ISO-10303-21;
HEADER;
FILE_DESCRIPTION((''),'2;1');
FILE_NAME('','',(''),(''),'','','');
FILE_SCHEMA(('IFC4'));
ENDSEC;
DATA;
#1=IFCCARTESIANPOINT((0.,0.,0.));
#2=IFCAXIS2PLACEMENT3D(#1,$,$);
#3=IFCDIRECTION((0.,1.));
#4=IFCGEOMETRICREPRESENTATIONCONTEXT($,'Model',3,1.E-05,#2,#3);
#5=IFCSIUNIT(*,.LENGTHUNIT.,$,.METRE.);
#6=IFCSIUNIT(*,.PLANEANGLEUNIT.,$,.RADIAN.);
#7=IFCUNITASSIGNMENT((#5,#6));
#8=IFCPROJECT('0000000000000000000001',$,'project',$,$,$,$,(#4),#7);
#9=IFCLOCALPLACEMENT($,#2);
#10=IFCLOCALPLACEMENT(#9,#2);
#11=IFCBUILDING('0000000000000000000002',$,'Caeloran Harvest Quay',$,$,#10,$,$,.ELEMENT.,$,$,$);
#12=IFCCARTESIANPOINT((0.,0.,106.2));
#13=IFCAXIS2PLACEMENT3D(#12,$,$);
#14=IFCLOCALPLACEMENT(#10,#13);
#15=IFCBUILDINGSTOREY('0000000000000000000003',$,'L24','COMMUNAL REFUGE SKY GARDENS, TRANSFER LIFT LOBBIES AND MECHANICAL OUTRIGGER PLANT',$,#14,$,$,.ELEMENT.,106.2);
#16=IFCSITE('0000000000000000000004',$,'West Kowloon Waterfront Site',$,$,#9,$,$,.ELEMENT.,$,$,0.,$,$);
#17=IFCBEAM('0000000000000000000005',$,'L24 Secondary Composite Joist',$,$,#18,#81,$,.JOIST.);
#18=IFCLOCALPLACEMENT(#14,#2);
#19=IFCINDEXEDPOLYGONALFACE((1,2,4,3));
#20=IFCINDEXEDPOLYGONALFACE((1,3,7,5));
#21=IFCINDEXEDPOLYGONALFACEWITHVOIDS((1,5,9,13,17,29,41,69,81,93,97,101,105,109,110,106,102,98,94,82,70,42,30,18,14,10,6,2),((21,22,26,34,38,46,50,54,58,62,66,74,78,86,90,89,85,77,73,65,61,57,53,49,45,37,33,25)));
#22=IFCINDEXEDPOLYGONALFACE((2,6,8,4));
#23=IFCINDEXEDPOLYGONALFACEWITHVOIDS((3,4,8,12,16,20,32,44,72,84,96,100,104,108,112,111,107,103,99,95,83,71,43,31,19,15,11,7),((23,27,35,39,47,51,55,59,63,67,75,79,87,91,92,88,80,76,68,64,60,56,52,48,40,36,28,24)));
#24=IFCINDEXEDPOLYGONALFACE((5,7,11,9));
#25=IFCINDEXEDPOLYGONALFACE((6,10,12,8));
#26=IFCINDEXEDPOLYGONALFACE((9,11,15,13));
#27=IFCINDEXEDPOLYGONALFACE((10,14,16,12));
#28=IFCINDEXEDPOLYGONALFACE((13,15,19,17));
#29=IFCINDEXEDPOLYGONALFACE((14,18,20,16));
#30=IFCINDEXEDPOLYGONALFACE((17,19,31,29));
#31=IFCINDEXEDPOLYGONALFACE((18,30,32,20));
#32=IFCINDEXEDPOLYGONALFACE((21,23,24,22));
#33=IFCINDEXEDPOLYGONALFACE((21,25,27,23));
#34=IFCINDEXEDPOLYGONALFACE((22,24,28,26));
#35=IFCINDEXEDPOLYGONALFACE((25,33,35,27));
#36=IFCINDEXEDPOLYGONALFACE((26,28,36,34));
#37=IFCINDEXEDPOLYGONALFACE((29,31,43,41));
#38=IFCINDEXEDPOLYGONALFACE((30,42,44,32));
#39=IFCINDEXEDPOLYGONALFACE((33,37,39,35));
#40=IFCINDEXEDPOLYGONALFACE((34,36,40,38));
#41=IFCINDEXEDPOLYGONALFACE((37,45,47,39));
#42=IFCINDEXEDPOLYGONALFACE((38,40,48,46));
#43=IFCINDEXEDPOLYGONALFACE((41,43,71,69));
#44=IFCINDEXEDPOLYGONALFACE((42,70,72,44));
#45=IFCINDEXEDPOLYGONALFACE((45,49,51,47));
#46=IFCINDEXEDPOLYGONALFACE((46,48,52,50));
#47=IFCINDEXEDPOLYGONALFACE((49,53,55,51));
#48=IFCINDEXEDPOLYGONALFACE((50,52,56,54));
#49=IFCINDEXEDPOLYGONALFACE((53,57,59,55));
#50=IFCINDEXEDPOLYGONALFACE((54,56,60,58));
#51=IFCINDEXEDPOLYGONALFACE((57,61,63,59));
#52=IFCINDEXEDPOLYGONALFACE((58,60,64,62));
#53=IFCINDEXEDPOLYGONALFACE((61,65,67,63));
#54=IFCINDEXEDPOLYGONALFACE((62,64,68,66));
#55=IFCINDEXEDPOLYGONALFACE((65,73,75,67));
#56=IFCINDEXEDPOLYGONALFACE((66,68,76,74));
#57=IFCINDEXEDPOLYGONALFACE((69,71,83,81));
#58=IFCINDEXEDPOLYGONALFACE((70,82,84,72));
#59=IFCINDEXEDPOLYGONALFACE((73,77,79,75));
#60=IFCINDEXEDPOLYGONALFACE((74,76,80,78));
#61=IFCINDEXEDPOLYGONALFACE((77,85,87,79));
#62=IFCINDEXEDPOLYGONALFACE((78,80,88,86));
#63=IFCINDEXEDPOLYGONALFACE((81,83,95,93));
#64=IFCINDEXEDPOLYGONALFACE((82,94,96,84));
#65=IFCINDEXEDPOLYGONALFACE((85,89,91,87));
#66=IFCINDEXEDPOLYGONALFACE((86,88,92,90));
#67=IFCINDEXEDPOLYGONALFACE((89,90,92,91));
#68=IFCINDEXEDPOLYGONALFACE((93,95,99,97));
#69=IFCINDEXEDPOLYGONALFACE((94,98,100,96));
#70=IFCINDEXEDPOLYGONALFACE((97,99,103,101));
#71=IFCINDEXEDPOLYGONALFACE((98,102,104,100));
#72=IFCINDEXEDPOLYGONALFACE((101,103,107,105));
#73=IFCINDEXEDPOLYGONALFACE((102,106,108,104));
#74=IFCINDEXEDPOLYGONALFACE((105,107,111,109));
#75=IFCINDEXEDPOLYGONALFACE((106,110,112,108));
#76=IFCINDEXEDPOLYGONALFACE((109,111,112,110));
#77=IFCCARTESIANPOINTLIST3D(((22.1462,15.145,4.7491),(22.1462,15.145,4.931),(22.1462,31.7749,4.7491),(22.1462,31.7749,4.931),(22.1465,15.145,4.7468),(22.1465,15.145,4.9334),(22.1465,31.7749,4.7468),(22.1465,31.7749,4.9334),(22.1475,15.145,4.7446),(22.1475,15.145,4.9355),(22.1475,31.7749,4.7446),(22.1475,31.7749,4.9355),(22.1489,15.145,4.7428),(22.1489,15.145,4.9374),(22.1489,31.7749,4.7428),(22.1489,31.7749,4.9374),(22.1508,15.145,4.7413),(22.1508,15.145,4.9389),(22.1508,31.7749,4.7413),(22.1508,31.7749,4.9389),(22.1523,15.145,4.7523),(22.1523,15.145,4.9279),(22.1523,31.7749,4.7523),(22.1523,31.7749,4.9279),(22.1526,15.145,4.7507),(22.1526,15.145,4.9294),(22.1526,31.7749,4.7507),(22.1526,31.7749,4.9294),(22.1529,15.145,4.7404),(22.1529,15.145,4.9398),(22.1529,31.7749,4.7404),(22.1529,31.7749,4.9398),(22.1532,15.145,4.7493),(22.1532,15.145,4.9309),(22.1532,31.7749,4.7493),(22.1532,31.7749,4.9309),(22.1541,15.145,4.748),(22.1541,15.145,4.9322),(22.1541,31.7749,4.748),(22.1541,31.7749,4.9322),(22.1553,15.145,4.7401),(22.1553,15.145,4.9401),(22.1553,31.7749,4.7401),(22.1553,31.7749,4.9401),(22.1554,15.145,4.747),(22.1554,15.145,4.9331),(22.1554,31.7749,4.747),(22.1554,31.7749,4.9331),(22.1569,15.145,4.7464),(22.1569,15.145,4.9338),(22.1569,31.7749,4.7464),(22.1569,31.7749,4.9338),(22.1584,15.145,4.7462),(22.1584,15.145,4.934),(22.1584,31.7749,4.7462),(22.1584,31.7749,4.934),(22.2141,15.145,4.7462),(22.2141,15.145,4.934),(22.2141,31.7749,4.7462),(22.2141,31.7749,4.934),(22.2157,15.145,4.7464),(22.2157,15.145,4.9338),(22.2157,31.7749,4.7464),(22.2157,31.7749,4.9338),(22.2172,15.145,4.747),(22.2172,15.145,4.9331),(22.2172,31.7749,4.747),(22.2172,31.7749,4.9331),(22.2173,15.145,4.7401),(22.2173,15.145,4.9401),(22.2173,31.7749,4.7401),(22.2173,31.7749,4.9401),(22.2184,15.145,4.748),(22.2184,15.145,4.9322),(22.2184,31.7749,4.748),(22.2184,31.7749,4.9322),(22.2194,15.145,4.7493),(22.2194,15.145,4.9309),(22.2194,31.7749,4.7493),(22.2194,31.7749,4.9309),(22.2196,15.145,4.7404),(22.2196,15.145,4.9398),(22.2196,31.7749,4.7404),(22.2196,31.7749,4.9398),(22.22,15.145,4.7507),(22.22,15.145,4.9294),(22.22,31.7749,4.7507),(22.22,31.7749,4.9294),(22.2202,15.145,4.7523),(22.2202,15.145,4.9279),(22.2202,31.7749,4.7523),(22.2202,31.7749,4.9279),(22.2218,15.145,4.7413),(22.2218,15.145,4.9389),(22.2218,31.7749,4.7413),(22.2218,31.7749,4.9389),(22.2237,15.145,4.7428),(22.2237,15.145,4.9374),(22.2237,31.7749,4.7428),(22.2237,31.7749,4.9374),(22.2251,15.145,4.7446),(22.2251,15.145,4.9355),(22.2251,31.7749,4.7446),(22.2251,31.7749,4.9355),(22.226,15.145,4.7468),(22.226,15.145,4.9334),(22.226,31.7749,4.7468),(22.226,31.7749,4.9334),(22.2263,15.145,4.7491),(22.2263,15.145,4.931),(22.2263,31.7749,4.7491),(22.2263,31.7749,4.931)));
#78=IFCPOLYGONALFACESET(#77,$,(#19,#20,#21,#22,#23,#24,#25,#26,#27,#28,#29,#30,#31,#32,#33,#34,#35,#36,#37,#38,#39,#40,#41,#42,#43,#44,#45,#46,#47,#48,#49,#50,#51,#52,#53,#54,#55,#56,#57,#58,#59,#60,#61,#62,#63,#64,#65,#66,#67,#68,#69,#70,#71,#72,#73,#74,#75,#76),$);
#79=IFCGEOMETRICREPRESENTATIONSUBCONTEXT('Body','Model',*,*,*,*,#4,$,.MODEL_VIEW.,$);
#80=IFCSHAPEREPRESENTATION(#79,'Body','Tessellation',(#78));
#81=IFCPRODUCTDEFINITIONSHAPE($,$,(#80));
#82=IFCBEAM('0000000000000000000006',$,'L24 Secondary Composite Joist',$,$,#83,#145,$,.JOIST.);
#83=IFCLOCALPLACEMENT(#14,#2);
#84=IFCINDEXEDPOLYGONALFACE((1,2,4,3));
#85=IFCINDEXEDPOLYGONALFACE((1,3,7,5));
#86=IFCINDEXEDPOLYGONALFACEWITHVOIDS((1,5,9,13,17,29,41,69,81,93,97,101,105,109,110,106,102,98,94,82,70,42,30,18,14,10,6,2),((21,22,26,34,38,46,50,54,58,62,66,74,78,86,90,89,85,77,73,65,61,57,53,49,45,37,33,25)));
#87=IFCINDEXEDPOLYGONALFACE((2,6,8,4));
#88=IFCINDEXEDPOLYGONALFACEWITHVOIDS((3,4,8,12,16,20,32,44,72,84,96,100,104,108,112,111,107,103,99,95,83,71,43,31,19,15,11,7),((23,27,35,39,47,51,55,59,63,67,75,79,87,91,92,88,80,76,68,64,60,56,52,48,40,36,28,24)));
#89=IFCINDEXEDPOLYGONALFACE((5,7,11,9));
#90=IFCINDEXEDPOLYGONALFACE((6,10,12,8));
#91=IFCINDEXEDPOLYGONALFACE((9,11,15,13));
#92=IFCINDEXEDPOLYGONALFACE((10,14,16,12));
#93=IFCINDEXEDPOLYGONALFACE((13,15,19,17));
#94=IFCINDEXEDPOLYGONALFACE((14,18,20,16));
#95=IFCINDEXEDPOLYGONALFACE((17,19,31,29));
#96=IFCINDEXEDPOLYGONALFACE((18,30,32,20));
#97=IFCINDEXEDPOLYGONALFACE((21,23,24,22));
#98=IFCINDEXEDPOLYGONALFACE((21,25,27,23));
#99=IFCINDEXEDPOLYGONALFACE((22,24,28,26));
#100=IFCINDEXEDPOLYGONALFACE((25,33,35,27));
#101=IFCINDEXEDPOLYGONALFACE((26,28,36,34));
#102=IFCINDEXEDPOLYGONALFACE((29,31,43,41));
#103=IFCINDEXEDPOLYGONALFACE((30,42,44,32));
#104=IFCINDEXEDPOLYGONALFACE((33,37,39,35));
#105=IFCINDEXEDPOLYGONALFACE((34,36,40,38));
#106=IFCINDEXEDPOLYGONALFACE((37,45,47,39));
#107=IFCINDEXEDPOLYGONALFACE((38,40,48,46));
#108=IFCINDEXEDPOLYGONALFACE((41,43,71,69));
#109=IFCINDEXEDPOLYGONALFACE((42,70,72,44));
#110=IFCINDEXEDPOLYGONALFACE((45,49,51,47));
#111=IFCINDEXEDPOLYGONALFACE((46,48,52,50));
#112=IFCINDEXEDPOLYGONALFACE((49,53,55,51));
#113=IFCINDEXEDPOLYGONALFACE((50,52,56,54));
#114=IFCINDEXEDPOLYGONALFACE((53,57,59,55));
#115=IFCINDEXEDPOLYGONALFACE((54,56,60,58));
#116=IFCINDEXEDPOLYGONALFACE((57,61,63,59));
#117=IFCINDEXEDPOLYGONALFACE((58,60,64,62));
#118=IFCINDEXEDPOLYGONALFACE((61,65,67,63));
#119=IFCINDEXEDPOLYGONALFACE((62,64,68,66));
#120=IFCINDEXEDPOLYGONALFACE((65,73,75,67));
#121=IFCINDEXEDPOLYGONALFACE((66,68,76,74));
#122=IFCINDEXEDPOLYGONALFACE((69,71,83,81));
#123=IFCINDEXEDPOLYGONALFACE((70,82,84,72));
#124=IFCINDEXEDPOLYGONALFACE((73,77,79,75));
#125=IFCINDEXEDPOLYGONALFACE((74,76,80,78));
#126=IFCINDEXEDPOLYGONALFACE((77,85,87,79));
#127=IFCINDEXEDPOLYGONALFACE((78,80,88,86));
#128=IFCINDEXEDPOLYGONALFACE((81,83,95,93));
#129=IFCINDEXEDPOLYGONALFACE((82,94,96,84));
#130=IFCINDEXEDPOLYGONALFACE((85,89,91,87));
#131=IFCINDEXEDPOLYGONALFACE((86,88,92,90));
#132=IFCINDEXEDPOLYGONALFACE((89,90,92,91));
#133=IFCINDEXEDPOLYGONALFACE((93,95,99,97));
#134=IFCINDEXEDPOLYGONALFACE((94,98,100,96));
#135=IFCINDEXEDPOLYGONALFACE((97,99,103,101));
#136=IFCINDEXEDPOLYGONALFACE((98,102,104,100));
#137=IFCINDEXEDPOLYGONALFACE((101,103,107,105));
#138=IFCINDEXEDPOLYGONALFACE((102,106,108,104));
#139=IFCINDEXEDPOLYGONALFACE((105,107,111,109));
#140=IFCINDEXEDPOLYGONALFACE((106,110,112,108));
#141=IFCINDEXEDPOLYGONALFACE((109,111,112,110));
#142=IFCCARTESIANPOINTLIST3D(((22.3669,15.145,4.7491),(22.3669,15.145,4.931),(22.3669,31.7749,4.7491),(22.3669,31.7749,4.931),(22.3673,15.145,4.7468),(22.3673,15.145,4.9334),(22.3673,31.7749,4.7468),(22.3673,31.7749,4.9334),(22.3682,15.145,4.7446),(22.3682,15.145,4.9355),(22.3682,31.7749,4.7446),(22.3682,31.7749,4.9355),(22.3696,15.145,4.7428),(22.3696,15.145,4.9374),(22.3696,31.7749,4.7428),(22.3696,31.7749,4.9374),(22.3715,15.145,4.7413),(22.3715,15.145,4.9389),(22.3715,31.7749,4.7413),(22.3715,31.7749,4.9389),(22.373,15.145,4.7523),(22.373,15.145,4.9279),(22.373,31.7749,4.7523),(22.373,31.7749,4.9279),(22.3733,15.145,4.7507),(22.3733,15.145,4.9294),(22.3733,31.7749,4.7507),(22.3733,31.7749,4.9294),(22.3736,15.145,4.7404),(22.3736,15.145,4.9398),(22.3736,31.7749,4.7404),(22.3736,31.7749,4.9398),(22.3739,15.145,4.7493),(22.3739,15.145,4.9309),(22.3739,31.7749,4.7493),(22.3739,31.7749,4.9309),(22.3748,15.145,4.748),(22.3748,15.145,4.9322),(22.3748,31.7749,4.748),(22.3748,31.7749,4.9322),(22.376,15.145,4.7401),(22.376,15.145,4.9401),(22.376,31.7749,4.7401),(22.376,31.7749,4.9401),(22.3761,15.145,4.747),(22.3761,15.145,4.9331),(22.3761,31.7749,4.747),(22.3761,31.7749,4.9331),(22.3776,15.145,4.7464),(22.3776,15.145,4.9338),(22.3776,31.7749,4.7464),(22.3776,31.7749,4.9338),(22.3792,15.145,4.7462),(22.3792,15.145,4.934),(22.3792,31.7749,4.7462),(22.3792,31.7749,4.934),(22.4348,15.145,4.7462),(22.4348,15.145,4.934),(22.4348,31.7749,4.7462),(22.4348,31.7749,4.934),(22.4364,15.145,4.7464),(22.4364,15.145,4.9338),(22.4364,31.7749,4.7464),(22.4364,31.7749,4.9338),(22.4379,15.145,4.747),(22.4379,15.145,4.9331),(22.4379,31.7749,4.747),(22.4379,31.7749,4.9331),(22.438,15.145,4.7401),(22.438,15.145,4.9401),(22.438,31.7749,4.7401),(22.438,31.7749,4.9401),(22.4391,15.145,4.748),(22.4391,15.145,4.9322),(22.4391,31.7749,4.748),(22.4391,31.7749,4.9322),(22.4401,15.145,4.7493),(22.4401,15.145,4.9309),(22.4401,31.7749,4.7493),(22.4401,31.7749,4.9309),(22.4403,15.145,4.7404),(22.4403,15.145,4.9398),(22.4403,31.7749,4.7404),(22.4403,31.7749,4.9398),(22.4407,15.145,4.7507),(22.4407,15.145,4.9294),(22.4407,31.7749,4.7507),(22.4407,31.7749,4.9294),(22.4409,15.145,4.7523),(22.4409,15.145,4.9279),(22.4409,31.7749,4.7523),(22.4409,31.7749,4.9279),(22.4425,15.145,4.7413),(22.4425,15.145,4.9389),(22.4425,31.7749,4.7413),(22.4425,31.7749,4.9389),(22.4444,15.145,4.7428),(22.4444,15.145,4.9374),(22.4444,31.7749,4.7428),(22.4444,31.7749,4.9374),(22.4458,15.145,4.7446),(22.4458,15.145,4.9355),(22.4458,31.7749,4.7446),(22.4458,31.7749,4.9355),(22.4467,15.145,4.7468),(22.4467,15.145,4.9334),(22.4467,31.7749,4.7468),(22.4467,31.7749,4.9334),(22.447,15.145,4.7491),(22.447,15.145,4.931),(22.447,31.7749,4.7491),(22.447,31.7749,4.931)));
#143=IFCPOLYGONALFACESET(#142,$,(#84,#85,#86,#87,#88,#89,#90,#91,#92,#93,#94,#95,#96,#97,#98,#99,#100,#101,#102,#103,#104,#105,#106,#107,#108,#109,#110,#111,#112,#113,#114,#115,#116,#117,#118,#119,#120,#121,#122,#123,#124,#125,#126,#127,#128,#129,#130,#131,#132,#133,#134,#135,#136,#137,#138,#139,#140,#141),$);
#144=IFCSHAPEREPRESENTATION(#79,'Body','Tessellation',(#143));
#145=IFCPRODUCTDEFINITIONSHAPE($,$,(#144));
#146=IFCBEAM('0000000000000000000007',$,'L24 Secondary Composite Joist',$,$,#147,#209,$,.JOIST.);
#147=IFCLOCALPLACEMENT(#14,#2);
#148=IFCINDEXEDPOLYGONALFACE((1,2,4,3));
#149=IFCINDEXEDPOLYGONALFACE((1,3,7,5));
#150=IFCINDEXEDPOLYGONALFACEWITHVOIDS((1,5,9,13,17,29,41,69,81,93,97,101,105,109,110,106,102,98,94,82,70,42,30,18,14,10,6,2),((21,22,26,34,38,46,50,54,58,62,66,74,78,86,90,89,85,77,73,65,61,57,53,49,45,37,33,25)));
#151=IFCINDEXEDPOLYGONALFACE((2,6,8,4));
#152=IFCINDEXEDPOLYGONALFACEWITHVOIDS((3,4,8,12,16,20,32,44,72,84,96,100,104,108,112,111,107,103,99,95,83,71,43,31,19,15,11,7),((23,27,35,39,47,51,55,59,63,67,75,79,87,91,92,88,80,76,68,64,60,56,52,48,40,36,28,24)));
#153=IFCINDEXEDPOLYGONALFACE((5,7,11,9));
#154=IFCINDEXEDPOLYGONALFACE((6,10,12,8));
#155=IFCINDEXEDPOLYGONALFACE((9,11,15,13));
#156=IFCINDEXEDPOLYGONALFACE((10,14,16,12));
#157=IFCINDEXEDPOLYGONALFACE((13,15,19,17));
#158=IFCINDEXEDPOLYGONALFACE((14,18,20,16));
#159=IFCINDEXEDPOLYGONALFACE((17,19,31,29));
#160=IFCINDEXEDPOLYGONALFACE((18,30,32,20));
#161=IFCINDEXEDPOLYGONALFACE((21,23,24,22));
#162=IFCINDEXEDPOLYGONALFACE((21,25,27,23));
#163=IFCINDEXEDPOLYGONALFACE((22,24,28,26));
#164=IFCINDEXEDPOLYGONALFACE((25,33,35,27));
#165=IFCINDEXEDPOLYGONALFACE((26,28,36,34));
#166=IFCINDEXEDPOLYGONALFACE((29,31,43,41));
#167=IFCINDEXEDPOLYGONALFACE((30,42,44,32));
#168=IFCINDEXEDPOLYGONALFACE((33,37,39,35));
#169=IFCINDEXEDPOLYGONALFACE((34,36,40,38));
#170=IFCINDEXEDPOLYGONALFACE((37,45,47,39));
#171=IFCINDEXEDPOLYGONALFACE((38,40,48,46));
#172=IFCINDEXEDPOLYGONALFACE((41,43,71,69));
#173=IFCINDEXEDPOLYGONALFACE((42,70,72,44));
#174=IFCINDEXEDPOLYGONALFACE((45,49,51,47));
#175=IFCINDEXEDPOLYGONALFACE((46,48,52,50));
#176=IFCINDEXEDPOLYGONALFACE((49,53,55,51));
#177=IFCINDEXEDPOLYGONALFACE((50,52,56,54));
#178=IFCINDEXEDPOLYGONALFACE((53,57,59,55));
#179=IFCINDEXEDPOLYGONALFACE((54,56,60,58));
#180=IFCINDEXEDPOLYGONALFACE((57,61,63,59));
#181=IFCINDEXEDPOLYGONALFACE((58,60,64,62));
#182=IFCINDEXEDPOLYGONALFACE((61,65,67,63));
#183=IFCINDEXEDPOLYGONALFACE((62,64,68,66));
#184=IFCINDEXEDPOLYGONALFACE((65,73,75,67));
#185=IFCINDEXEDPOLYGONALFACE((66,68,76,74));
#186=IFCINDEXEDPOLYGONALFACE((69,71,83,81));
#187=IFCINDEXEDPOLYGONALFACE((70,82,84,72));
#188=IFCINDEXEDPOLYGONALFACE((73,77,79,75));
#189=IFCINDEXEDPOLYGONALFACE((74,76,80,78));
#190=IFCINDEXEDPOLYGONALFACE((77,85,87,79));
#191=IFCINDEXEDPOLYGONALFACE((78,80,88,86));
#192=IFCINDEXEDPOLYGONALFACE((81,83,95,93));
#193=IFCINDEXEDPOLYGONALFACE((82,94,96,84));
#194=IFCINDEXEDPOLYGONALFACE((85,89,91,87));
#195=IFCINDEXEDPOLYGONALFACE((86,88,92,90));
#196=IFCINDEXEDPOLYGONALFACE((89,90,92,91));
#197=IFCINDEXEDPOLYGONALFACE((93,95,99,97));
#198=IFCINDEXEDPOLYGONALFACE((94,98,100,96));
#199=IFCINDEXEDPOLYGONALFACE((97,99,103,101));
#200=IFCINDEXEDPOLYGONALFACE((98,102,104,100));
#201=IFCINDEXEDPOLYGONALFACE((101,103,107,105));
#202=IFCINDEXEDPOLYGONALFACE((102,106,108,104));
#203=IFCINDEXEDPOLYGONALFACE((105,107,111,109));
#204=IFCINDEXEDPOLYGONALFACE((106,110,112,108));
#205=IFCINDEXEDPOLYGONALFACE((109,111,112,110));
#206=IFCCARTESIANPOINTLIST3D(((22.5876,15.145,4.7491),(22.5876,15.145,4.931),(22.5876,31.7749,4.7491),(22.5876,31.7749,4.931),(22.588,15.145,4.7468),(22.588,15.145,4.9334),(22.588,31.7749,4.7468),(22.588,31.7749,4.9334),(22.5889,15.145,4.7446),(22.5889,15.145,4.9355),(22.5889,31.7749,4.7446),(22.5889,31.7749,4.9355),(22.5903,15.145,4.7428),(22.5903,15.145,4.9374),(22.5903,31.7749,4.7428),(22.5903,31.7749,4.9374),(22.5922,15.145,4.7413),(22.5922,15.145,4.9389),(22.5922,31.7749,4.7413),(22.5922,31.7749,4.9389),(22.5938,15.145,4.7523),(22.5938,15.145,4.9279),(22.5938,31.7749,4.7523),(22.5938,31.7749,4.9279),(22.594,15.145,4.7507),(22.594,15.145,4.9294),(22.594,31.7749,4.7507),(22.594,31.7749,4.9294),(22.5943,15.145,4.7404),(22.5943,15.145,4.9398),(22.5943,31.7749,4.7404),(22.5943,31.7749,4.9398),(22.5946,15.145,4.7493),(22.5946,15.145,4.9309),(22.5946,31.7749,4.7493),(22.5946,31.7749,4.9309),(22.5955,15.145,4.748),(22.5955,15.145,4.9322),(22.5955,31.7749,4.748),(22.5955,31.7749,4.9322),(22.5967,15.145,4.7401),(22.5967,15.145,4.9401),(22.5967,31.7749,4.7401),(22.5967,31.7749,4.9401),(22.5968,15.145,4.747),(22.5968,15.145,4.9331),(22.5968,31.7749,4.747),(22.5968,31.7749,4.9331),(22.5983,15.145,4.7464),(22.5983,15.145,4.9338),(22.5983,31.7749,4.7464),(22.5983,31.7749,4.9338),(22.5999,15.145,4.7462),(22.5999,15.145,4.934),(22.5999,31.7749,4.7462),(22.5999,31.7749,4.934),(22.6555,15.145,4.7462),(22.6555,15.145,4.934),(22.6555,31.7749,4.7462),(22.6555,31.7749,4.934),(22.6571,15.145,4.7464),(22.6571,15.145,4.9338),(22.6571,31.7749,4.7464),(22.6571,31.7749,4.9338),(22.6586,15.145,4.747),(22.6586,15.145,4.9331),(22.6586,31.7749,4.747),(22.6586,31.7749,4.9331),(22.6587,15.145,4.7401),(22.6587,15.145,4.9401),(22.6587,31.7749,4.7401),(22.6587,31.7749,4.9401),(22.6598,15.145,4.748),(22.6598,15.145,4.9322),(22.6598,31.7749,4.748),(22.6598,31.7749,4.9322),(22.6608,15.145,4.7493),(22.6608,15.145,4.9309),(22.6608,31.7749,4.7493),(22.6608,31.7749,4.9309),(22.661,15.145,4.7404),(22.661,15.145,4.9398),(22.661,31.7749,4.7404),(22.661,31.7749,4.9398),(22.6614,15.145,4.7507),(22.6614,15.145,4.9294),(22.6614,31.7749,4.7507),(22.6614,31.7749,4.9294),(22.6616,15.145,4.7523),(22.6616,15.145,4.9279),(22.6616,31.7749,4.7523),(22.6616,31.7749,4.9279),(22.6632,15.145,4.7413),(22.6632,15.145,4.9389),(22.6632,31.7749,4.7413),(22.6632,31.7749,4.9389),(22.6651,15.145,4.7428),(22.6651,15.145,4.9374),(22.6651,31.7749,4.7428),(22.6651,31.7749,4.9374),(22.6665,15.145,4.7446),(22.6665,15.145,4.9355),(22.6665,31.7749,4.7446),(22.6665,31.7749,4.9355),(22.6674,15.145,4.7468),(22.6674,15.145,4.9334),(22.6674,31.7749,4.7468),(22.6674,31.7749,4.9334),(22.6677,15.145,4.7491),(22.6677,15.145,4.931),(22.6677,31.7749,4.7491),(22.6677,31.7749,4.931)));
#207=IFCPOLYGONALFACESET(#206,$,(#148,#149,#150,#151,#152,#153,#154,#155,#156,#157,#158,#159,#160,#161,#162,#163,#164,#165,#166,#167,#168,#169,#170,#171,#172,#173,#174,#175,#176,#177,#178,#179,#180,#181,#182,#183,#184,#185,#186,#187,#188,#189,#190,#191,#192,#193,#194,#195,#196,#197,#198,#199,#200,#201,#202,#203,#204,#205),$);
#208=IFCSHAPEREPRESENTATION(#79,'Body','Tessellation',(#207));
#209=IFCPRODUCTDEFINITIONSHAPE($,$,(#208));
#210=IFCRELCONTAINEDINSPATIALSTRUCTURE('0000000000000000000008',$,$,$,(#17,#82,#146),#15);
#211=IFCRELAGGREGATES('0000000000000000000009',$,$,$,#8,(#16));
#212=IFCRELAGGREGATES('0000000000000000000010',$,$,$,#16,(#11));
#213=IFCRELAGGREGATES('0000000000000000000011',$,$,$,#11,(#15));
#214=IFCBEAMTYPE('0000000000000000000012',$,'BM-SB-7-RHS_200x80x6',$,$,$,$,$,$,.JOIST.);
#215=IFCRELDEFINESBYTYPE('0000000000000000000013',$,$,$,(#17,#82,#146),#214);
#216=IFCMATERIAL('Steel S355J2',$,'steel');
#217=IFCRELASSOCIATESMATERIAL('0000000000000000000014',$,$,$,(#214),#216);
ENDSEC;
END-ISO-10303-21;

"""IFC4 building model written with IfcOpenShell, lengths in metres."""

from ifc_helpers import new_model, si_unit, direction, frame, origin, origin_2d, place, context, subcontext, project, spatial, hollow_rectangle, extrude, material, material_profile, profile_set, type_object, element, save


model = new_model("IFC4")

# Units and contexts
model_context = context("Model", 3, precision=1e-05, world=origin(), true_north=direction((0.0, 1.0)))
body_context = subcontext(model_context, "Body", "Model", "MODEL_VIEW")
ifc_project = project(units=[si_unit("LENGTHUNIT", "METRE"), si_unit("PLANEANGLEUNIT", "RADIAN")], contexts=[model_context])

# Site, building, storey
site_placement = place(None, origin())
site = spatial("IfcSite", under=ifc_project, at=site_placement, Name="West Kowloon Waterfront Site", CompositionType="ELEMENT", RefElevation=0.0)
building_placement = place(site_placement, origin())
building = spatial("IfcBuilding", under=site, at=building_placement, Name="Caeloran Harvest Quay", CompositionType="ELEMENT")
storey_placement = place(building_placement, frame((0.0, 0.0, 106.2)))
storey = spatial("IfcBuildingStorey", under=building, at=storey_placement, Name="L24", Description="COMMUNAL REFUGE SKY GARDENS, TRANSFER LIFT LOBBIES AND MECHANICAL OUTRIGGER PLANT", CompositionType="ELEMENT", Elevation=106.2)

# Beams
ifc_material_1 = material(Name="Steel S355J2", Category="steel")
ifc_material_profile_1 = material_profile(ifc_material_1, hollow_rectangle(XDim=0.0801, YDim=0.2, WallThickness=0.0061, InnerFilletRadius=0.0061, OuterFilletRadius=0.009, at=origin_2d()), Name="RHS 200x80x6")
ifc_profile_set_1 = profile_set([ifc_material_profile_1], Name="Steel S355J2")
beam_type_1 = type_object("IfcBeamType", Name="BM-SB-7-RHS_200x80x6", PredefinedType="JOIST", material=ifc_profile_set_1)
for number, where, z_axis, x_axis, name in (
    (1, (22.1863, 15.145, 4.8401), (0.0, 1.0, 0.0), (-1.0, 0.0, 0.0), "L24 Secondary Composite Joist"),
    (2, (22.407, 15.145, 4.8401), (0.0, 1.0, 0.0), (-1.0, 0.0, 0.0), "L24 Secondary Composite Joist"),
    (3, (22.6277, 15.145, 4.8401), (0.0, 1.0, 0.0), (-1.0, 0.0, 0.0), "L24 Secondary Composite Joist"),
):
    element("IfcBeam", number, at=place(storey_placement, frame(where, z_axis=z_axis, x_axis=x_axis)), inside=storey, type_object=beam_type_1, Name=name, PredefinedType="JOIST", context=body_context, shape_type="SweptSolid", body=[
        extrude(hollow_rectangle(XDim=0.0801, YDim=0.2, WallThickness=0.0061, InnerFilletRadius=0.0061, OuterFilletRadius=0.009, at=origin_2d()), origin(), (0.0, 0.0, 1.0), 16.6299),
    ])

save(model, "model.ifc")
